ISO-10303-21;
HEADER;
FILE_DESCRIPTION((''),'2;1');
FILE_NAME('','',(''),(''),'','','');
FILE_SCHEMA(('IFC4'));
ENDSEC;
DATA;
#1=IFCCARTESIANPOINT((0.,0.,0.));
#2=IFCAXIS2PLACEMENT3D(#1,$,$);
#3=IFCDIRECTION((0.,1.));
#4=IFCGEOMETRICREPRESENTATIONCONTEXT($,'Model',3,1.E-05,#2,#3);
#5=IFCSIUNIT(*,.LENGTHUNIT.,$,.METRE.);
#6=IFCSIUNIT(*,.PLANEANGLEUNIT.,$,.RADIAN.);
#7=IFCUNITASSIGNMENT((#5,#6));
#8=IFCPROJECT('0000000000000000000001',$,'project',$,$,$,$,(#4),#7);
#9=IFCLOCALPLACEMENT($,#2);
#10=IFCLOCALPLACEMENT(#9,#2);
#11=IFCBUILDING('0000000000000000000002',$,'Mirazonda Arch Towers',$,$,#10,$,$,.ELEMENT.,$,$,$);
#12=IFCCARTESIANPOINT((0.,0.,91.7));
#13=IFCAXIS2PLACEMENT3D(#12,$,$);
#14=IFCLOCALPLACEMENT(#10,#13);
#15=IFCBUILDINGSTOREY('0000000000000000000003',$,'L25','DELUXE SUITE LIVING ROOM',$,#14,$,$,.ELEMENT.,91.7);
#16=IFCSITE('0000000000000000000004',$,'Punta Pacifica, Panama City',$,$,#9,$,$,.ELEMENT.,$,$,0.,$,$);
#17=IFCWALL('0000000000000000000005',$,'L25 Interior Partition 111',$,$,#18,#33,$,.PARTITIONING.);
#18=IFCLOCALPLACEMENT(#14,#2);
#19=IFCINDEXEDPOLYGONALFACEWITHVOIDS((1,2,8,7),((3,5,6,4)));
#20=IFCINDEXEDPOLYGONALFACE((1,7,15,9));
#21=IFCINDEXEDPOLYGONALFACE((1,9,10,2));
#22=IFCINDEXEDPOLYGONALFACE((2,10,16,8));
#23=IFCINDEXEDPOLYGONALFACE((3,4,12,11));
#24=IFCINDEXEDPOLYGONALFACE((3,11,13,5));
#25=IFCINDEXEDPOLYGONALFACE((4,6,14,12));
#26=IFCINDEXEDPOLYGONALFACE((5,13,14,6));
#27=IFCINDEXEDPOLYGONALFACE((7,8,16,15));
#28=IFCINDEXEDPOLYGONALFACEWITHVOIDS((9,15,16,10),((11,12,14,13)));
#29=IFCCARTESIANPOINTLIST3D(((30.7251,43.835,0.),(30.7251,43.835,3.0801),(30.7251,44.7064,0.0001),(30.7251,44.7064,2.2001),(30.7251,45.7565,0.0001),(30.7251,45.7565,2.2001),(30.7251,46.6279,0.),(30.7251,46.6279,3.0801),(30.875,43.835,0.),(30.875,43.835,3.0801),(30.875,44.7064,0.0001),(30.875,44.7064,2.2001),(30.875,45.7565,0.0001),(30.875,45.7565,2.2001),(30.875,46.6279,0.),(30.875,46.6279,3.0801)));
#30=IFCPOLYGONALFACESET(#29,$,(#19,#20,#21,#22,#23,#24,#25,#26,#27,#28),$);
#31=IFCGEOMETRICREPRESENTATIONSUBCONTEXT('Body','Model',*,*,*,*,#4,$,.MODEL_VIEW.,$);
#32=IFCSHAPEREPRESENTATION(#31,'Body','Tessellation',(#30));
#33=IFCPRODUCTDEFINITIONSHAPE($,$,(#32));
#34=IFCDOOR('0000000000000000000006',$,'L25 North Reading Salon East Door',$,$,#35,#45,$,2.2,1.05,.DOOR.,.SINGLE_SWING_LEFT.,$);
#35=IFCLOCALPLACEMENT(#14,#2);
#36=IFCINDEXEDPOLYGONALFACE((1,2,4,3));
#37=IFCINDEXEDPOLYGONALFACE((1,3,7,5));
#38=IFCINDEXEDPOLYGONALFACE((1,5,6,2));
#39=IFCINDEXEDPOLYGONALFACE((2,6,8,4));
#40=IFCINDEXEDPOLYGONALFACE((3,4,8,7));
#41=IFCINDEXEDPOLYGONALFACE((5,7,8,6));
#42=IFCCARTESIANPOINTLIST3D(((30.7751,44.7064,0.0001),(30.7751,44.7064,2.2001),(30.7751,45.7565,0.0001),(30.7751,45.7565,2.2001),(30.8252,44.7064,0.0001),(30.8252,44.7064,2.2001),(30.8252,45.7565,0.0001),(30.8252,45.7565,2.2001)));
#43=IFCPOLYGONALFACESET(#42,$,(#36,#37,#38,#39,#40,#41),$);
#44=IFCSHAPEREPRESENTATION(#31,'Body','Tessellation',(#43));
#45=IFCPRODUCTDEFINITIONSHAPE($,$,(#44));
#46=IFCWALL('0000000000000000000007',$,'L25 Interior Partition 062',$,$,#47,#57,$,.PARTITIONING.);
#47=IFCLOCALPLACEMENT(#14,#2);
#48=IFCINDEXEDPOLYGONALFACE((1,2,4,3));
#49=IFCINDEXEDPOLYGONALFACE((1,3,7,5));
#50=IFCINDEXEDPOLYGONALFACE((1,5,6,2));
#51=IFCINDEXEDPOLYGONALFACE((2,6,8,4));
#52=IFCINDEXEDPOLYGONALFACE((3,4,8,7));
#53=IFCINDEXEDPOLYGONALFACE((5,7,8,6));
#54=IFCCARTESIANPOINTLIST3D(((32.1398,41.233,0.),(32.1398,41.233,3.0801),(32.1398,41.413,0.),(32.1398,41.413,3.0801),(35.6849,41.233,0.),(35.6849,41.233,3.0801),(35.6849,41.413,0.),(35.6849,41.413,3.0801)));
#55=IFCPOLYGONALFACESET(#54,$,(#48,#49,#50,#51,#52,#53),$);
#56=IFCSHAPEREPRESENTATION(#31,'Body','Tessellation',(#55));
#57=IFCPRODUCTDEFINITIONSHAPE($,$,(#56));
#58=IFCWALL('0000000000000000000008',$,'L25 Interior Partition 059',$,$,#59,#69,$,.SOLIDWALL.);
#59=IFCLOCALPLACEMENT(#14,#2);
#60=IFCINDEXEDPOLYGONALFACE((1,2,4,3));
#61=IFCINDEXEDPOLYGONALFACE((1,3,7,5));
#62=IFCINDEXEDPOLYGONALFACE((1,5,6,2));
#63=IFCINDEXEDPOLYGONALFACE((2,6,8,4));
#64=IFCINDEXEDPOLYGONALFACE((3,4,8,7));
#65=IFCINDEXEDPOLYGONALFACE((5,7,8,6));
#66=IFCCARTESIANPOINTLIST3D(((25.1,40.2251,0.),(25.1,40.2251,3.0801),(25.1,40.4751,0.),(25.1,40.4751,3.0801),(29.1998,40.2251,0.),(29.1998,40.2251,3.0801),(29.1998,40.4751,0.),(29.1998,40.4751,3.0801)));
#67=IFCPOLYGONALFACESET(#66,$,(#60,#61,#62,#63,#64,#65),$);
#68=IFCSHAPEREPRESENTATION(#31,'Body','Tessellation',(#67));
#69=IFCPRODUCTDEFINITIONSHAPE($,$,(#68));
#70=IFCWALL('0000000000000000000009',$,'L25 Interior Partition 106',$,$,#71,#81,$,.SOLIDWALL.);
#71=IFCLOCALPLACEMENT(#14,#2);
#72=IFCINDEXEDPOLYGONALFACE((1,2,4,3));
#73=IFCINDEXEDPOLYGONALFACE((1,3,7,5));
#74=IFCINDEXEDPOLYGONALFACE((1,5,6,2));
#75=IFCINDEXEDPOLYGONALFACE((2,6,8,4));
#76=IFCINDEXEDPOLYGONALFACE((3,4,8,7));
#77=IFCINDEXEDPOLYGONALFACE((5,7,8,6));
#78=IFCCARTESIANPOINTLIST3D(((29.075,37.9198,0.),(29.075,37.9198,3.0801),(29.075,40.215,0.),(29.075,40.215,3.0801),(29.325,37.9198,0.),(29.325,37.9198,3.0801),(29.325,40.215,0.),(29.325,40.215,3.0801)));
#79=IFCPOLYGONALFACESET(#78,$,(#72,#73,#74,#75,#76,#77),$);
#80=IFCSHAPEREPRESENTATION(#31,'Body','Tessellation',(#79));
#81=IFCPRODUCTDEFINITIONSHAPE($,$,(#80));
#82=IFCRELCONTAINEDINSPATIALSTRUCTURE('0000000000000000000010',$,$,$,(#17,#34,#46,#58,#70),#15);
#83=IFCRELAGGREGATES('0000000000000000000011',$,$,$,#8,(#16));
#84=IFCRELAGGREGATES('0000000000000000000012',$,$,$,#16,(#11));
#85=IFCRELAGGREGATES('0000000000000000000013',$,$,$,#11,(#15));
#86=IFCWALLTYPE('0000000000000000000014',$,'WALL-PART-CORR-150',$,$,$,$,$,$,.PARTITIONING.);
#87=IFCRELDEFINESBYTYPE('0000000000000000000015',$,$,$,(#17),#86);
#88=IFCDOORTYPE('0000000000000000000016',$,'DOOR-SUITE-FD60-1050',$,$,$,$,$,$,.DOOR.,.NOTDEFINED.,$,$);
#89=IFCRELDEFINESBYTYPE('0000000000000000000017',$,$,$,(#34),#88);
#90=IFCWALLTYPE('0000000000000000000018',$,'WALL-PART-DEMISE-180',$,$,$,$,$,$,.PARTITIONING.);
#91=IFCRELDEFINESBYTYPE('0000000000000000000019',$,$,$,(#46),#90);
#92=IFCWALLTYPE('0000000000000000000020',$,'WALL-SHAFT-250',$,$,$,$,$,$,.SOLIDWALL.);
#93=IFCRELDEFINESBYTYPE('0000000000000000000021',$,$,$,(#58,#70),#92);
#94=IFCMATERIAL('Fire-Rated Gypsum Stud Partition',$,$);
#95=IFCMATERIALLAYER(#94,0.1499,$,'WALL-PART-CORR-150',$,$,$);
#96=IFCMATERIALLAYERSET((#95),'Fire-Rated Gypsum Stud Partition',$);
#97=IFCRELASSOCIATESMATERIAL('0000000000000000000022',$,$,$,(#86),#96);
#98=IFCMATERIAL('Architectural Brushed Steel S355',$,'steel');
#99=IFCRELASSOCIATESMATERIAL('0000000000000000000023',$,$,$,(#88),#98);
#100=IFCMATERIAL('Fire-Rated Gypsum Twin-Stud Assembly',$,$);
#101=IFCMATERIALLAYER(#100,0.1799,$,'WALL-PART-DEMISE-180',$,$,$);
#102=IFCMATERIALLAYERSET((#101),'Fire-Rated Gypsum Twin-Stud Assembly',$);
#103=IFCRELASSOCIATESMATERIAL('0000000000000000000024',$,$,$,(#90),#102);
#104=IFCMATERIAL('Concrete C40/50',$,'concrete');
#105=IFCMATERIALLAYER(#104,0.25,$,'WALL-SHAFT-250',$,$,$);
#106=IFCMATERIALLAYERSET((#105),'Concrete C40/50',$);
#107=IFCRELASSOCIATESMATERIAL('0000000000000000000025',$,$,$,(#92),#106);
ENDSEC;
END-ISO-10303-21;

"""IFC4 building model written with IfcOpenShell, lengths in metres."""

from ifc_helpers import new_model, si_unit, direction, frame, frame_2d, origin, place, context, subcontext, project, spatial, rectangle, extrude, material, layer, layer_set, type_object, element, fill, save


model = new_model("IFC4")

# Units and contexts
model_context = context("Model", 3, precision=1e-05, world=origin(), true_north=direction((0.0, 1.0)))
body_context = subcontext(model_context, "Body", "Model", "MODEL_VIEW")
ifc_project = project(units=[si_unit("LENGTHUNIT", "METRE"), si_unit("PLANEANGLEUNIT", "RADIAN")], contexts=[model_context])

# Site, building, storey
site_placement = place(None, origin())
site = spatial("IfcSite", under=ifc_project, at=site_placement, Name="Punta Pacifica, Panama City", CompositionType="ELEMENT", RefElevation=0.0)
building_placement = place(site_placement, origin())
building = spatial("IfcBuilding", under=site, at=building_placement, Name="Mirazonda Arch Towers", CompositionType="ELEMENT")
storey_placement = place(building_placement, frame((0.0, 0.0, 91.7)))
storey = spatial("IfcBuildingStorey", under=building, at=storey_placement, Name="L25", Description="DELUXE SUITE LIVING ROOM", CompositionType="ELEMENT", Elevation=91.7)

# Shared definitions
ifc_material_1 = material(Name="Fire-Rated Gypsum Stud Partition")
ifc_layer_1 = layer(ifc_material_1, 0.1499, Name="WALL-PART-CORR-150")
ifc_layer_set_1 = layer_set([ifc_layer_1], Name="Fire-Rated Gypsum Stud Partition")
wall_type_1 = type_object("IfcWallType", Name="WALL-PART-CORR-150", PredefinedType="PARTITIONING", material=ifc_layer_set_1)

# Wall, opening, door
wall_1_placement = place(storey_placement, frame((30.8, 43.835, 0.0), z_axis=(0.0, 0.0, 1.0), x_axis=(0.0, 1.0, 0.0)))
wall_1 = element("IfcWall", 1, at=wall_1_placement, inside=storey, type_object=wall_type_1, Name="L25 Interior Partition 111", PredefinedType="PARTITIONING", context=body_context, shape_type="SweptSolid", body=[
    extrude(rectangle(XDim=2.793, YDim=0.1499, at=frame_2d((1.3965, 0.0))), origin(), (0.0, 0.0, 1.0), 3.0801),
])
opening_1_placement = place(wall_1_placement, frame((0.8716, 0.0, 0.0)))
opening_1 = element("IfcOpeningElement", 2, at=opening_1_placement, cuts=wall_1, PredefinedType="OPENING", context=body_context, shape_type="SweptSolid", body=[
    extrude(rectangle(XDim=1.05, YDim=2.2, at=frame_2d((0.5249, 1.1001))), frame((0.0, 0.085, 0.0), z_axis=(0.0, -1.0, 0.0), x_axis=(1.0, 0.0, 0.0)), (0.0, 0.0, 1.0), 0.1699),
])
ifc_material_2 = material(Name="Architectural Brushed Steel S355", Category="steel")
door_type_1 = type_object("IfcDoorType", Name="DOOR-SUITE-FD60-1050", OperationType="NOTDEFINED", PredefinedType="DOOR", material=ifc_material_2)
door_1_placement = place(opening_1_placement, origin())
door_1 = element("IfcDoor", 3, at=door_1_placement, inside=storey, type_object=door_type_1, Name="L25 North Reading Salon East Door", OperationType="SINGLE_SWING_LEFT", OverallHeight=2.2, OverallWidth=1.05, PredefinedType="DOOR", context=body_context, shape_type="SweptSolid", body=[
    extrude(rectangle(XDim=1.05, YDim=2.2, at=frame_2d((0.5249, 1.1001))), frame((0.0, 0.0249, 0.0), z_axis=(0.0, -1.0, 0.0), x_axis=(1.0, 0.0, 0.0)), (0.0, 0.0, 1.0), 0.05),
])
fill(opening_1, door_1)

# Wall
ifc_material_3 = material(Name="Fire-Rated Gypsum Twin-Stud Assembly")
ifc_layer_2 = layer(ifc_material_3, 0.1799, Name="WALL-PART-DEMISE-180")
ifc_layer_set_2 = layer_set([ifc_layer_2], Name="Fire-Rated Gypsum Twin-Stud Assembly")
wall_type_2 = type_object("IfcWallType", Name="WALL-PART-DEMISE-180", PredefinedType="PARTITIONING", material=ifc_layer_set_2)
wall_2_placement = place(storey_placement, frame((32.1399, 41.323, 0.0), z_axis=(0.0, 0.0, 1.0), x_axis=(1.0, 0.0, 0.0)))
element("IfcWall", 4, at=wall_2_placement, inside=storey, type_object=wall_type_2, Name="L25 Interior Partition 062", PredefinedType="PARTITIONING", context=body_context, shape_type="SweptSolid", body=[
    extrude(rectangle(XDim=3.5452, YDim=0.1799, at=frame_2d((1.7725, 0.0))), origin(), (0.0, 0.0, 1.0), 3.0801),
])

# Walls
ifc_material_4 = material(Name="Concrete C40/50", Category="concrete")
ifc_layer_3 = layer(ifc_material_4, 0.25, Name="WALL-SHAFT-250")
ifc_layer_set_3 = layer_set([ifc_layer_3], Name="Concrete C40/50")
wall_type_3 = type_object("IfcWallType", Name="WALL-SHAFT-250", PredefinedType="SOLIDWALL", material=ifc_layer_set_3)
wall_3_placement = place(storey_placement, frame((25.1001, 40.3501, 0.0), z_axis=(0.0, 0.0, 1.0), x_axis=(1.0, 0.0, 0.0)))
element("IfcWall", 5, at=wall_3_placement, inside=storey, type_object=wall_type_3, Name="L25 Interior Partition 059", PredefinedType="SOLIDWALL", context=body_context, shape_type="SweptSolid", body=[
    extrude(rectangle(XDim=4.0999, YDim=0.25, at=frame_2d((2.0498, 0.0))), origin(), (0.0, 0.0, 1.0), 3.0801),
])
wall_4_placement = place(storey_placement, frame((29.2, 37.9199, 0.0), z_axis=(0.0, 0.0, 1.0), x_axis=(0.0, 1.0, 0.0)))
element("IfcWall", 6, at=wall_4_placement, inside=storey, type_object=wall_type_3, Name="L25 Interior Partition 106", PredefinedType="SOLIDWALL", context=body_context, shape_type="SweptSolid", body=[
    extrude(rectangle(XDim=2.2952, YDim=0.25, at=frame_2d((1.1475, 0.0))), origin(), (0.0, 0.0, 1.0), 3.0801),
])

save(model, "model.ifc")
